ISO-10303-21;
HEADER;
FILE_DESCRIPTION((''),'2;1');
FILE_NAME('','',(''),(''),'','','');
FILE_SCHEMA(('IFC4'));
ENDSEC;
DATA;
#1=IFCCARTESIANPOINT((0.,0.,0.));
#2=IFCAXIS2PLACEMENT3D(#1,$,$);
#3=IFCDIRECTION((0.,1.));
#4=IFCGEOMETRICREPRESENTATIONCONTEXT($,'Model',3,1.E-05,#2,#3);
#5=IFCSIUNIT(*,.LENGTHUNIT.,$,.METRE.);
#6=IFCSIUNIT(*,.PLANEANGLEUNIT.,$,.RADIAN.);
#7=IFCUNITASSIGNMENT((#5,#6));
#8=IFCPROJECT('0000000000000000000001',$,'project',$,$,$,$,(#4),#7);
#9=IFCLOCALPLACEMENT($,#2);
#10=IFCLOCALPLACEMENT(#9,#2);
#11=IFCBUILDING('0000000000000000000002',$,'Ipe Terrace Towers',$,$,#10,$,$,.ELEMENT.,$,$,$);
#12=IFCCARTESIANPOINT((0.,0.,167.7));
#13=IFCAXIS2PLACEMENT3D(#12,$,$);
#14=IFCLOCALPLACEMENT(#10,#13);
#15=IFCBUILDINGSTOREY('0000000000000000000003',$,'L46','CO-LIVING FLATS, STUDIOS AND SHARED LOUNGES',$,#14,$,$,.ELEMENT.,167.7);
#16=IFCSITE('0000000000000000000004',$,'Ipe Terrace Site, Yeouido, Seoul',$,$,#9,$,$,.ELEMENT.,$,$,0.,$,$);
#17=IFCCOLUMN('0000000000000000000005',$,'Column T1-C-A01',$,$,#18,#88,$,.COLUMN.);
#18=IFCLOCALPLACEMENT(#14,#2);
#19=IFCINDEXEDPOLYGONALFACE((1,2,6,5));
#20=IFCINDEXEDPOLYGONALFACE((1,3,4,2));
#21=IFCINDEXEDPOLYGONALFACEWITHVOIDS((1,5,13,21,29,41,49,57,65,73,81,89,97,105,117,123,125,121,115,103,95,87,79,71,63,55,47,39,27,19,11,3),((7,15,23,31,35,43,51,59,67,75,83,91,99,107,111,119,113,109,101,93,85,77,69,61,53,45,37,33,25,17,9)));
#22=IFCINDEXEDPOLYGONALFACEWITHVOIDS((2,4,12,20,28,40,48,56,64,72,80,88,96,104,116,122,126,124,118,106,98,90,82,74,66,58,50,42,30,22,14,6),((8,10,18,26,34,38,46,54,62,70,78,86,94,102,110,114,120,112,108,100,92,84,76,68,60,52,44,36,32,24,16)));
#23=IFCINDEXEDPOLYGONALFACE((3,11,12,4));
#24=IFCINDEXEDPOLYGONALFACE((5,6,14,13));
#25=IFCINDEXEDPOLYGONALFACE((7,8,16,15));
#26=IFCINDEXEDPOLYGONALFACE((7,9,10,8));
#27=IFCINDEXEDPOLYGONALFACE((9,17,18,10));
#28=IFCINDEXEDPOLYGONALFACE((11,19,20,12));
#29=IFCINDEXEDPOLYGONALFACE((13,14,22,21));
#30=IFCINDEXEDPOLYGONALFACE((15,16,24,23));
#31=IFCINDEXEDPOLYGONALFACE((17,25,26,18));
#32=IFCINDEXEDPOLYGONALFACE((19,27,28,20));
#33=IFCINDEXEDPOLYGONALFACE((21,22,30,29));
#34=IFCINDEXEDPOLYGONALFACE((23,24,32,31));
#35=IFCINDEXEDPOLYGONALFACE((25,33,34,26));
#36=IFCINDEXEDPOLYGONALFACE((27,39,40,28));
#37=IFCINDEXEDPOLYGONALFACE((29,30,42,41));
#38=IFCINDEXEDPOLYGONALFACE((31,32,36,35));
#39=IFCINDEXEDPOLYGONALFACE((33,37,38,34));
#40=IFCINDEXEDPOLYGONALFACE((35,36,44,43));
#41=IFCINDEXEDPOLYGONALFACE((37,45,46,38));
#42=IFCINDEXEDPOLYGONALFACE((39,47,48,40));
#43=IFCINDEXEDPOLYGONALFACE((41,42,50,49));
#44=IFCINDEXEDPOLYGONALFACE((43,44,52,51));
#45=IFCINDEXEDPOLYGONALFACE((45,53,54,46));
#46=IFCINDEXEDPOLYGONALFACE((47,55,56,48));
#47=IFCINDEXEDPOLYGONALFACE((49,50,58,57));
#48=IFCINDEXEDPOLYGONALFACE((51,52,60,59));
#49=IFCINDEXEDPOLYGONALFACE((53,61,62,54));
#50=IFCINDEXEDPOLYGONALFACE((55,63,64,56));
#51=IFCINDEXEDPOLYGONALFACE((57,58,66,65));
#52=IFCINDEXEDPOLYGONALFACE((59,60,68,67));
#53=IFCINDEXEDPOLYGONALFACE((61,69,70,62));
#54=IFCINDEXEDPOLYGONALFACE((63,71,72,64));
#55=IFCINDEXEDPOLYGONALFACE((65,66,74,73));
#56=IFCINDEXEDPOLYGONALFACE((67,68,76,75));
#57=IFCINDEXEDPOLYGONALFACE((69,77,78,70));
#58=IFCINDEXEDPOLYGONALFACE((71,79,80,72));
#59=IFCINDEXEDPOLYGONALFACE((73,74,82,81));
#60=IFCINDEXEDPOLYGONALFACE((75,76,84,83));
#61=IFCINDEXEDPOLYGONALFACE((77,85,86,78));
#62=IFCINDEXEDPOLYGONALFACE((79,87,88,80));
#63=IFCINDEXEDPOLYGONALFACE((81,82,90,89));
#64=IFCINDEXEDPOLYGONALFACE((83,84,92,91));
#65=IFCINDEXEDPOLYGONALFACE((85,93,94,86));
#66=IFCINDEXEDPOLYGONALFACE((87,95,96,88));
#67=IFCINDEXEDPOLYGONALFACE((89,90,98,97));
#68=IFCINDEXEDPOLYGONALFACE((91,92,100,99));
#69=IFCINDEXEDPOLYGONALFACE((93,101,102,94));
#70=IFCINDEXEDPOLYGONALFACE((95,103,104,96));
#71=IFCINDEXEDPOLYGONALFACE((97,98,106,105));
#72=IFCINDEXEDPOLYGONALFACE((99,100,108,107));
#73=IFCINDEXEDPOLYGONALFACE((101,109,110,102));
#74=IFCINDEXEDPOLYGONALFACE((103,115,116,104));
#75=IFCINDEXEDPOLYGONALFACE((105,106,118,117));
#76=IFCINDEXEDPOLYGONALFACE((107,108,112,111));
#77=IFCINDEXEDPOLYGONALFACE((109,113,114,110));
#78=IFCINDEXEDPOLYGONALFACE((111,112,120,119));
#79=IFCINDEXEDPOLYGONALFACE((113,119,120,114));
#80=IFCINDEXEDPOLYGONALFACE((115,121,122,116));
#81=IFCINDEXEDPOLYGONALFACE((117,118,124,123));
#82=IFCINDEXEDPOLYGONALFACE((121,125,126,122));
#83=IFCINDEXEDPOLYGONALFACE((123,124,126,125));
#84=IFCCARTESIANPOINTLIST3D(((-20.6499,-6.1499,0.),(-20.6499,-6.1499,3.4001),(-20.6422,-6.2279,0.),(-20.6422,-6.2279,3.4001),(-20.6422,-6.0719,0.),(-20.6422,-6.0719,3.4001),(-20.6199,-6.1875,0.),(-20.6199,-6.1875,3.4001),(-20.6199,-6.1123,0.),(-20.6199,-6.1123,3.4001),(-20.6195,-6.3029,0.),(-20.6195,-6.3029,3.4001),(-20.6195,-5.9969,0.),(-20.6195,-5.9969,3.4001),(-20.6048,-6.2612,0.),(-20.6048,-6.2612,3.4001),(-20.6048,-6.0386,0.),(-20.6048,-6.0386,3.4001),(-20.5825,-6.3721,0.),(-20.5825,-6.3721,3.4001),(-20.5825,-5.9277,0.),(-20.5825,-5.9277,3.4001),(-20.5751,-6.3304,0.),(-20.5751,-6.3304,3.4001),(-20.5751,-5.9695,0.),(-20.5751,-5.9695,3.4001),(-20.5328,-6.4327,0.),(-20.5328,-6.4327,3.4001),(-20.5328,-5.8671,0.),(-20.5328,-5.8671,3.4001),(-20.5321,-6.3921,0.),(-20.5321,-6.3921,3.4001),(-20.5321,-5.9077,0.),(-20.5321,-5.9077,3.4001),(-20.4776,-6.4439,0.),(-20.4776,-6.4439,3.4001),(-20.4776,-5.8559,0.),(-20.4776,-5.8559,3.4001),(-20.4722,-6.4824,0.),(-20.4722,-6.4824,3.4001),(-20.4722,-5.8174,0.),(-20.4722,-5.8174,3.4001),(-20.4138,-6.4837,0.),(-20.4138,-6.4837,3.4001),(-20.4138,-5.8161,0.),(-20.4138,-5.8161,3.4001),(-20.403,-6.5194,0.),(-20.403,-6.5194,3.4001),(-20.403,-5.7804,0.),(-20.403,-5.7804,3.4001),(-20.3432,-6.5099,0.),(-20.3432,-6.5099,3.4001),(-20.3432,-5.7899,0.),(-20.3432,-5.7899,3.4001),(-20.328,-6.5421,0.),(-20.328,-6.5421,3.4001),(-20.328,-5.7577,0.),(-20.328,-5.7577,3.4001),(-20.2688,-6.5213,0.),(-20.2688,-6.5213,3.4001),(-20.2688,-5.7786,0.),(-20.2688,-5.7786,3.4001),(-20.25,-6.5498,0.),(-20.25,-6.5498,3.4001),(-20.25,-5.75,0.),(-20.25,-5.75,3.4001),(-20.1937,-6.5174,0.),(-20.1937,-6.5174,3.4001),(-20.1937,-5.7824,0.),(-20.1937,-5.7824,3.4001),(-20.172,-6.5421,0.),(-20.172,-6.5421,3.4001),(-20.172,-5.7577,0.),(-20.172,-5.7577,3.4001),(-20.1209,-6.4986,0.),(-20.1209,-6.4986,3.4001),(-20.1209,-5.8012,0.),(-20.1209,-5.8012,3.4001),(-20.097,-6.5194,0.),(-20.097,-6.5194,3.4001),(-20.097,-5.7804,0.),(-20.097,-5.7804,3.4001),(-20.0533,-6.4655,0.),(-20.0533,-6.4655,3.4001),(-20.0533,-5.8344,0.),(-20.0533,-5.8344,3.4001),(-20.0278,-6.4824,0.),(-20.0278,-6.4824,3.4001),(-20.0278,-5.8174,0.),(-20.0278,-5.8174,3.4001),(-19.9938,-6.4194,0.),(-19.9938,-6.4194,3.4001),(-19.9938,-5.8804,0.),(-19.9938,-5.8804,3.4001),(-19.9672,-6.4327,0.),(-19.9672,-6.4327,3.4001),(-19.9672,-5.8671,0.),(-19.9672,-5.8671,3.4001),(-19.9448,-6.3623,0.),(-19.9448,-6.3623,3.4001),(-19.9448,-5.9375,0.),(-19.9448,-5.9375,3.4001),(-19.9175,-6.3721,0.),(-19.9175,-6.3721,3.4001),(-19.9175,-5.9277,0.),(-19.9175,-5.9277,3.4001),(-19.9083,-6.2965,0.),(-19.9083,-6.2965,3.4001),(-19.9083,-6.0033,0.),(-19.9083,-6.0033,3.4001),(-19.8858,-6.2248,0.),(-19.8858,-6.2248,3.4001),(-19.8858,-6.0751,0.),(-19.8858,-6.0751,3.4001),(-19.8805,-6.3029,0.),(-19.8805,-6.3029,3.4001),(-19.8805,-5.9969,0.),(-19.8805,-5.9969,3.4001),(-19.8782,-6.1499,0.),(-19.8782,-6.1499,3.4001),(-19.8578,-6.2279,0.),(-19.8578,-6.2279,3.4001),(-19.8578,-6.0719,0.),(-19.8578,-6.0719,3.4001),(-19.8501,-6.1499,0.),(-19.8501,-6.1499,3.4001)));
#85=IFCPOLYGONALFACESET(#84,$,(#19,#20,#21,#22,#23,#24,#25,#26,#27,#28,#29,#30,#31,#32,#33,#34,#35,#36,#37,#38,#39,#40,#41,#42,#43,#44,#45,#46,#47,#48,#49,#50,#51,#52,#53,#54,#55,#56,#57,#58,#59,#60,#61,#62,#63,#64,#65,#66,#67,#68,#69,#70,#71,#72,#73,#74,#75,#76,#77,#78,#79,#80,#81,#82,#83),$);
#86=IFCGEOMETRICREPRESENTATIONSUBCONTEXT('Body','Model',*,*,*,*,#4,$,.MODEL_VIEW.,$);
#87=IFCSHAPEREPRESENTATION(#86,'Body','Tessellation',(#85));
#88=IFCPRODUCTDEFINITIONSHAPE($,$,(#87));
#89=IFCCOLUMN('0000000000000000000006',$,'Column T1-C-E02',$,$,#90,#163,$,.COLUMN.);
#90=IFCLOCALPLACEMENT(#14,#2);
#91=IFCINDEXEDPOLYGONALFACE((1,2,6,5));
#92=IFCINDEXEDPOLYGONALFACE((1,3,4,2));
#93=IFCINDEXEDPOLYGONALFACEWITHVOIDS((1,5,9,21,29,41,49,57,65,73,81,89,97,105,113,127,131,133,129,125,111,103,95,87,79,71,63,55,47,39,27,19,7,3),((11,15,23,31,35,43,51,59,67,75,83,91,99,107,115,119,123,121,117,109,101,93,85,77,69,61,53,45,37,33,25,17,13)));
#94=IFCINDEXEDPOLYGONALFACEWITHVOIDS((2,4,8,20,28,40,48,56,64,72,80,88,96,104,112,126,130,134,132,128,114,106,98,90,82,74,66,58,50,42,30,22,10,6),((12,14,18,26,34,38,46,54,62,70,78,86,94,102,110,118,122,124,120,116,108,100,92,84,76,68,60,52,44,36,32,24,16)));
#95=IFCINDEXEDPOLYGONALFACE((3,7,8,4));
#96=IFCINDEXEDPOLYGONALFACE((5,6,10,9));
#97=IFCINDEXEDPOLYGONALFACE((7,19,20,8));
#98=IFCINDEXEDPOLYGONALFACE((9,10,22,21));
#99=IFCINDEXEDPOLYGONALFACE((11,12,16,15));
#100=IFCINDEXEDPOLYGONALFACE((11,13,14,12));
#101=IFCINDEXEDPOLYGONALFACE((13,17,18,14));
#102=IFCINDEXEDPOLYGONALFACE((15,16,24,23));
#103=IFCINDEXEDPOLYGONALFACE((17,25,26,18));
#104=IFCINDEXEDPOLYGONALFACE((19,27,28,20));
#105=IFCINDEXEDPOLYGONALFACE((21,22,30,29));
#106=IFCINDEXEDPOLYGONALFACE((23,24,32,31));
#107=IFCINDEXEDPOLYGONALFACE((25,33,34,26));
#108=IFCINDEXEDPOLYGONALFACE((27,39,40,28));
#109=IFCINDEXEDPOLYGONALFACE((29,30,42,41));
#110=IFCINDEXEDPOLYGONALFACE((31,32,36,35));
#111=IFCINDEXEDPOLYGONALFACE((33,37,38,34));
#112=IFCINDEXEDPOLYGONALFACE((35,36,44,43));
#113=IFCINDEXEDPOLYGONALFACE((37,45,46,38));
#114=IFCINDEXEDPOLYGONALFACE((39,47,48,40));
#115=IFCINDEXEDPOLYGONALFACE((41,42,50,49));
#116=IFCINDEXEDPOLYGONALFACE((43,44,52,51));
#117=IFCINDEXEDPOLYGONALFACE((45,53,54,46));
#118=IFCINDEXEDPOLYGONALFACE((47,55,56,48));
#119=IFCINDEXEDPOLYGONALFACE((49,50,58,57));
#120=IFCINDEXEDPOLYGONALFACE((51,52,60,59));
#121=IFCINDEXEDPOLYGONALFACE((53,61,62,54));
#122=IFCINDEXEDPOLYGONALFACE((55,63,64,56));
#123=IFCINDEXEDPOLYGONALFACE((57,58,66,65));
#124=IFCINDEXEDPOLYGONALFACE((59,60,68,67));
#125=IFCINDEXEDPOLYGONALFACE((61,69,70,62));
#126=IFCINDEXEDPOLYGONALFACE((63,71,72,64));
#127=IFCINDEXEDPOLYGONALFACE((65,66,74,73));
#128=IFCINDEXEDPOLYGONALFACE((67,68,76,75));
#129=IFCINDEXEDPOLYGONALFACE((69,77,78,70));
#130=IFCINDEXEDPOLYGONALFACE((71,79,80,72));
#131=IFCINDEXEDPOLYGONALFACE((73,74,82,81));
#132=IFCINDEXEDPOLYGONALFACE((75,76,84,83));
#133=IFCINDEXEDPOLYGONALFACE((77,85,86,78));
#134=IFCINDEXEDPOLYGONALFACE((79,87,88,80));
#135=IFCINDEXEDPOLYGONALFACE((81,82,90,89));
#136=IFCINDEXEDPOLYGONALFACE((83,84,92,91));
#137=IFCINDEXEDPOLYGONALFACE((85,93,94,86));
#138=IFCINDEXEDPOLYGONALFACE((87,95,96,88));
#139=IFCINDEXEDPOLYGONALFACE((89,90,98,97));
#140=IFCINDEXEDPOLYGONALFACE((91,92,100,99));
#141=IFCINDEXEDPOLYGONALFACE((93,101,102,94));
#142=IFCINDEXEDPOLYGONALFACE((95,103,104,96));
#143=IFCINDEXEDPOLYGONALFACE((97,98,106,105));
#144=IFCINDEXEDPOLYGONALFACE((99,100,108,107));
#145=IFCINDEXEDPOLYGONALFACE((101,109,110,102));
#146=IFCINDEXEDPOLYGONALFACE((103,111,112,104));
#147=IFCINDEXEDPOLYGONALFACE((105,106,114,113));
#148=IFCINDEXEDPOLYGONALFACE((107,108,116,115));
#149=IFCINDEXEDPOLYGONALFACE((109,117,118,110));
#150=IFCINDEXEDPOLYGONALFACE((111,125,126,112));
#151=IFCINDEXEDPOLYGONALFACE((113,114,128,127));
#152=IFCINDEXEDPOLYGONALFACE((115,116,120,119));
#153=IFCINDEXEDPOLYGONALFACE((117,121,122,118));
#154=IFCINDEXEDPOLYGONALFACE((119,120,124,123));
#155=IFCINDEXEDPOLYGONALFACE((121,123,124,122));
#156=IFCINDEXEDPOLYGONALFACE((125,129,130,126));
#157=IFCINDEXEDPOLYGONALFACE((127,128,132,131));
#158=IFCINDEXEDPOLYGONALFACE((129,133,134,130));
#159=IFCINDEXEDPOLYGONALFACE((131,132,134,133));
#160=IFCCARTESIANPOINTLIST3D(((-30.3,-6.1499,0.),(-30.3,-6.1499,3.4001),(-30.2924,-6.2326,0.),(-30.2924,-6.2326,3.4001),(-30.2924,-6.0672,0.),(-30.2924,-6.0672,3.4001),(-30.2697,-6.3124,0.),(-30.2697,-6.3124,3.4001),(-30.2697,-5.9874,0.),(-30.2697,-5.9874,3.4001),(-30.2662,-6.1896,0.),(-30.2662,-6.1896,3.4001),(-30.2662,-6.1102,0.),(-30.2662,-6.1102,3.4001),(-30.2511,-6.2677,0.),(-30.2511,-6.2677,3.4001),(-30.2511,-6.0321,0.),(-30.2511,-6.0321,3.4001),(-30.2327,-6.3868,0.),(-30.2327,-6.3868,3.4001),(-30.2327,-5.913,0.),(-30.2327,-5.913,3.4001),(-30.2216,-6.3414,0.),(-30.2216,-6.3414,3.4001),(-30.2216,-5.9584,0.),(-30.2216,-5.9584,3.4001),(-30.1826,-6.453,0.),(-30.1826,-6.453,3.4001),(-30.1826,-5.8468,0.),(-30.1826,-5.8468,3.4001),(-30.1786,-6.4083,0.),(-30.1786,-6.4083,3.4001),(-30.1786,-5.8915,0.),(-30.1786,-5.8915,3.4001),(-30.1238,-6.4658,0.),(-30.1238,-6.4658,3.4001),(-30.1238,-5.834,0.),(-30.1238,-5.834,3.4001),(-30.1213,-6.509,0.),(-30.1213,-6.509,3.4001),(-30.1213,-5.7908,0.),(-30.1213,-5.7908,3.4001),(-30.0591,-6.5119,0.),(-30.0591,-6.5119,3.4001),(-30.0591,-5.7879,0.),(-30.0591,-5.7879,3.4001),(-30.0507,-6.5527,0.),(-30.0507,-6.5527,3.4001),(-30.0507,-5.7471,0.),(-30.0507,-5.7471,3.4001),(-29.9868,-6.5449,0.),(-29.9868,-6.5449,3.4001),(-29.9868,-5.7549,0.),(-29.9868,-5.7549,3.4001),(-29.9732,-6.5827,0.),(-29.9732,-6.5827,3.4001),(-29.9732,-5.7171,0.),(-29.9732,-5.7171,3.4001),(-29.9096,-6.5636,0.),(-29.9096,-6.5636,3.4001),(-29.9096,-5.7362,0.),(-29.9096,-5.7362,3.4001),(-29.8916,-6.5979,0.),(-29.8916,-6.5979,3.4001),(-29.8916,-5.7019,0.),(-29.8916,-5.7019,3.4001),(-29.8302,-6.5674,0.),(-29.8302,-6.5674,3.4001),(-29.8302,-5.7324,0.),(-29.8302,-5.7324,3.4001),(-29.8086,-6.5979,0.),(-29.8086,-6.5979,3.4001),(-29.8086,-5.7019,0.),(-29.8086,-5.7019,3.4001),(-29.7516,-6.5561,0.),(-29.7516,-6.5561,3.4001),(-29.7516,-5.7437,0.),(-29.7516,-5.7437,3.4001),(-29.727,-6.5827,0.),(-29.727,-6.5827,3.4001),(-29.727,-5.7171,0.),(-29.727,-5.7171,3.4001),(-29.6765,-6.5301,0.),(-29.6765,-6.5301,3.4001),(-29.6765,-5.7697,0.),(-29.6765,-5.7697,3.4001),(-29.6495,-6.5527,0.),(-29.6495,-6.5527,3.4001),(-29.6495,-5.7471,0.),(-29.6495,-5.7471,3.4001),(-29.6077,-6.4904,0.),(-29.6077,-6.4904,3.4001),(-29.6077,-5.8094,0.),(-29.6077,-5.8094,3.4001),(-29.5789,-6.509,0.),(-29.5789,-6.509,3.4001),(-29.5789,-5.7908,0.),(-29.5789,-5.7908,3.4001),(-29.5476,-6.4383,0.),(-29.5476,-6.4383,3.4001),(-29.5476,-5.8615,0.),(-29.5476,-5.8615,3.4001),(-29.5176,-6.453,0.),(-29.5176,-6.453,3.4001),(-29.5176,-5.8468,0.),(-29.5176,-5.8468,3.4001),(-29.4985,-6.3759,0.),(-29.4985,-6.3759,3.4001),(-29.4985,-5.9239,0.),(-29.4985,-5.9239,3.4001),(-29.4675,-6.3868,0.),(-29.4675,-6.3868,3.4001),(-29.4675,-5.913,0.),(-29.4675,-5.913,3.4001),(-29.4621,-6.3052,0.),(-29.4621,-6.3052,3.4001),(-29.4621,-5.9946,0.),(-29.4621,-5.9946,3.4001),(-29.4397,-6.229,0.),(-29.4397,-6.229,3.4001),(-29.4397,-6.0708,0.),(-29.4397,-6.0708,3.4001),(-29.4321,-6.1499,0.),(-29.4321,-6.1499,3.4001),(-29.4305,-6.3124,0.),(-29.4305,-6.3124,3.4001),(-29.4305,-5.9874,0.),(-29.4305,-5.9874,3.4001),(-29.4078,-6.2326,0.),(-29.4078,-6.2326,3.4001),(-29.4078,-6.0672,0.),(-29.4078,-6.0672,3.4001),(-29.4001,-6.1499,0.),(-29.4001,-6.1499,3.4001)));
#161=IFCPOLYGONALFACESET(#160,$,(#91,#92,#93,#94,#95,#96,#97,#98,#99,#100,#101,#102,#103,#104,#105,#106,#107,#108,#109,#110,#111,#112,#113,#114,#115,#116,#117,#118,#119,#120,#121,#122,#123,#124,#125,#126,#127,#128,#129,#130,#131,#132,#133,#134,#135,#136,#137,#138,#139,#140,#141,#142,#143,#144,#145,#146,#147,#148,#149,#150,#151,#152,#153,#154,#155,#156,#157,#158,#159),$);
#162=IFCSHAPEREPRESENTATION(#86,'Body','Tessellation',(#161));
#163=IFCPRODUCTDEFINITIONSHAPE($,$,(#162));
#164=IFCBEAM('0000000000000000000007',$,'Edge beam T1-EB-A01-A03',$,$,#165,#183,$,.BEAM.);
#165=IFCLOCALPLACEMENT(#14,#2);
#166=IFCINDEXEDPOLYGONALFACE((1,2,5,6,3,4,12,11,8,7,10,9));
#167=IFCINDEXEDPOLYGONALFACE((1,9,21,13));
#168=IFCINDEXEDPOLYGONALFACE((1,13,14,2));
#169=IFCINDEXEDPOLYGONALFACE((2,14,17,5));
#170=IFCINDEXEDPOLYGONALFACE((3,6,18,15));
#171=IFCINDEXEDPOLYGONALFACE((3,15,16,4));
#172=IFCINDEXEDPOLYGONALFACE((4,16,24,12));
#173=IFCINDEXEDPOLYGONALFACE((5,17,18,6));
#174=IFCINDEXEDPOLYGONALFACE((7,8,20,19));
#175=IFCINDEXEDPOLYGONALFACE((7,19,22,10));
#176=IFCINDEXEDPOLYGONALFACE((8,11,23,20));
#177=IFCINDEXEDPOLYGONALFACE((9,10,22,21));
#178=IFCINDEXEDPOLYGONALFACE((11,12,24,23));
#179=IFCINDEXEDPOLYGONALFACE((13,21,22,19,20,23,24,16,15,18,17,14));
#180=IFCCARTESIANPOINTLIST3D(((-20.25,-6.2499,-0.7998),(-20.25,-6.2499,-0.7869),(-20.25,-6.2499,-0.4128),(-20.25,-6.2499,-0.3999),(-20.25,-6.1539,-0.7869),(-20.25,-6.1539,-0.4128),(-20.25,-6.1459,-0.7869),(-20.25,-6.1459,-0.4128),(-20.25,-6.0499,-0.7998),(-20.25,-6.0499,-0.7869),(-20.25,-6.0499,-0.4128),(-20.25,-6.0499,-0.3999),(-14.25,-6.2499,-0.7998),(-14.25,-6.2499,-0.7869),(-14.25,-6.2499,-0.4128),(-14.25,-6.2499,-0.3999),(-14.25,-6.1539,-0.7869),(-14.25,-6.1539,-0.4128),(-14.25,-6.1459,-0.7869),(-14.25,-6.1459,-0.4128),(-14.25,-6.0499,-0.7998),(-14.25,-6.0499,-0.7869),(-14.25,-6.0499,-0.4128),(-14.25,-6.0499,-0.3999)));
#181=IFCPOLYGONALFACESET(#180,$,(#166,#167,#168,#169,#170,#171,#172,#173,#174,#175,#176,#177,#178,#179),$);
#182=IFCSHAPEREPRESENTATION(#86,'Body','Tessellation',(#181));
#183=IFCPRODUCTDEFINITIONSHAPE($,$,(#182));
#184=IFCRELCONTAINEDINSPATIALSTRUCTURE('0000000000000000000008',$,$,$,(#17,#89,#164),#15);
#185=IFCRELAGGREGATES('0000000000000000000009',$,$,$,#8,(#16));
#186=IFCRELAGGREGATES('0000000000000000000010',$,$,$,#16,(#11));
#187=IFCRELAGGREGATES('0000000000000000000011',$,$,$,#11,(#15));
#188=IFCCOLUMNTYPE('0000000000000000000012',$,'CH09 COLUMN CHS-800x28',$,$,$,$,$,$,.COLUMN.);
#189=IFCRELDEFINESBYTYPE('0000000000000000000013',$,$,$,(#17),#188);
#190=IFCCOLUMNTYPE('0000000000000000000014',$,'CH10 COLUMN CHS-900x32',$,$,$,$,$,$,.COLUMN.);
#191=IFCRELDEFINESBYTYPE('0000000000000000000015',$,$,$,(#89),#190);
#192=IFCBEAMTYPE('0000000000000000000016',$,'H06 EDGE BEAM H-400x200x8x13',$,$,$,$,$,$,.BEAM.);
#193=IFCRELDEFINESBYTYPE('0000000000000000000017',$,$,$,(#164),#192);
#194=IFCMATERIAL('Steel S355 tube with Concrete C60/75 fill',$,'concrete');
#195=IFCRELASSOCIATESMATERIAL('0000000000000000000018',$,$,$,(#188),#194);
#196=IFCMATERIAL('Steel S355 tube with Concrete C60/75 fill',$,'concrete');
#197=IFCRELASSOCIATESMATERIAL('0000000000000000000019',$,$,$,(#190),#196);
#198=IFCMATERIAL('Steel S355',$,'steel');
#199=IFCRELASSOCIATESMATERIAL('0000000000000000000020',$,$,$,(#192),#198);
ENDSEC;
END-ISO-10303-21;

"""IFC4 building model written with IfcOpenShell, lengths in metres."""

from ifc_helpers import new_model, si_unit, direction, frame, origin, origin_2d, place, context, subcontext, project, spatial, hollow_circle, i_section, extrude, material, material_profile, profile_set, type_object, element, save


model = new_model("IFC4")

# Units and contexts
model_context = context("Model", 3, precision=1e-05, world=origin(), true_north=direction((0.0, 1.0)))
body_context = subcontext(model_context, "Body", "Model", "MODEL_VIEW")
ifc_project = project(units=[si_unit("LENGTHUNIT", "METRE"), si_unit("PLANEANGLEUNIT", "RADIAN")], contexts=[model_context])

# Site, building, storey
site_placement = place(None, origin())
site = spatial("IfcSite", under=ifc_project, at=site_placement, Name="Ipe Terrace Site, Yeouido, Seoul", CompositionType="ELEMENT", RefElevation=0.0)
building_placement = place(site_placement, origin())
building = spatial("IfcBuilding", under=site, at=building_placement, Name="Ipe Terrace Towers", CompositionType="ELEMENT")
storey_placement = place(building_placement, frame((0.0, 0.0, 167.7)))
storey = spatial("IfcBuildingStorey", under=building, at=storey_placement, Name="L46", Description="CO-LIVING FLATS, STUDIOS AND SHARED LOUNGES", CompositionType="ELEMENT", Elevation=167.7)

# Columns
ifc_material_1 = material(Name="Steel S355 tube with Concrete C60/75 fill", Category="concrete")
ifc_material_profile_1 = material_profile(ifc_material_1, hollow_circle(Radius=0.3999, WallThickness=0.0281, at=origin_2d()), Name="CHS-800x28")
ifc_profile_set_1 = profile_set([ifc_material_profile_1], Name="Steel S355 tube with Concrete C60/75 fill")
column_type_1 = type_object("IfcColumnType", Name="CH09 COLUMN CHS-800x28", PredefinedType="COLUMN", material=ifc_profile_set_1)
column_1_placement = place(storey_placement, frame((-20.25, -6.1499, 0.0), z_axis=(0.0, 0.0, 1.0), x_axis=(1.0, 0.0, 0.0)))
element("IfcColumn", 1, at=column_1_placement, inside=storey, type_object=column_type_1, Name="Column T1-C-A01", PredefinedType="COLUMN", context=body_context, shape_type="SweptSolid", body=[
    extrude(hollow_circle(Radius=0.3999, WallThickness=0.0281, at=origin_2d()), origin(), (0.0, 0.0, 1.0), 3.4001),
])
ifc_material_2 = material(Name="Steel S355 tube with Concrete C60/75 fill", Category="concrete")
ifc_material_profile_2 = material_profile(ifc_material_2, hollow_circle(Radius=0.45, WallThickness=0.032, at=origin_2d()), Name="CHS-900x32")
ifc_profile_set_2 = profile_set([ifc_material_profile_2], Name="Steel S355 tube with Concrete C60/75 fill")
column_type_2 = type_object("IfcColumnType", Name="CH10 COLUMN CHS-900x32", PredefinedType="COLUMN", material=ifc_profile_set_2)
column_2_placement = place(storey_placement, frame((-29.8501, -6.1499, 0.0), z_axis=(0.0, 0.0, 1.0), x_axis=(1.0, 0.0, 0.0)))
element("IfcColumn", 2, at=column_2_placement, inside=storey, type_object=column_type_2, Name="Column T1-C-E02", PredefinedType="COLUMN", context=body_context, shape_type="SweptSolid", body=[
    extrude(hollow_circle(Radius=0.45, WallThickness=0.032, at=origin_2d()), origin(), (0.0, 0.0, 1.0), 3.4001),
])

# Beam
ifc_material_3 = material(Name="Steel S355", Category="steel")
ifc_material_profile_3 = material_profile(ifc_material_3, i_section(OverallWidth=0.2, OverallDepth=0.3999, WebThickness=0.0081, FlangeThickness=0.0129, at=origin_2d()), Name="H-400x200x8x13")
ifc_profile_set_3 = profile_set([ifc_material_profile_3], Name="Steel S355")
beam_type = type_object("IfcBeamType", Name="H06 EDGE BEAM H-400x200x8x13", PredefinedType="BEAM", material=ifc_profile_set_3)
beam_placement = place(storey_placement, frame((-20.25, -6.1499, -0.5999), z_axis=(1.0, 0.0, 0.0), x_axis=(0.0, 1.0, 0.0)))
element("IfcBeam", 3, at=beam_placement, inside=storey, type_object=beam_type, Name="Edge beam T1-EB-A01-A03", PredefinedType="BEAM", context=body_context, shape_type="SweptSolid", body=[
    extrude(i_section(OverallWidth=0.2, OverallDepth=0.3999, WebThickness=0.0081, FlangeThickness=0.0129, at=origin_2d()), origin(), (0.0, 0.0, 1.0), 6.0),
])

save(model, "model.ifc")
